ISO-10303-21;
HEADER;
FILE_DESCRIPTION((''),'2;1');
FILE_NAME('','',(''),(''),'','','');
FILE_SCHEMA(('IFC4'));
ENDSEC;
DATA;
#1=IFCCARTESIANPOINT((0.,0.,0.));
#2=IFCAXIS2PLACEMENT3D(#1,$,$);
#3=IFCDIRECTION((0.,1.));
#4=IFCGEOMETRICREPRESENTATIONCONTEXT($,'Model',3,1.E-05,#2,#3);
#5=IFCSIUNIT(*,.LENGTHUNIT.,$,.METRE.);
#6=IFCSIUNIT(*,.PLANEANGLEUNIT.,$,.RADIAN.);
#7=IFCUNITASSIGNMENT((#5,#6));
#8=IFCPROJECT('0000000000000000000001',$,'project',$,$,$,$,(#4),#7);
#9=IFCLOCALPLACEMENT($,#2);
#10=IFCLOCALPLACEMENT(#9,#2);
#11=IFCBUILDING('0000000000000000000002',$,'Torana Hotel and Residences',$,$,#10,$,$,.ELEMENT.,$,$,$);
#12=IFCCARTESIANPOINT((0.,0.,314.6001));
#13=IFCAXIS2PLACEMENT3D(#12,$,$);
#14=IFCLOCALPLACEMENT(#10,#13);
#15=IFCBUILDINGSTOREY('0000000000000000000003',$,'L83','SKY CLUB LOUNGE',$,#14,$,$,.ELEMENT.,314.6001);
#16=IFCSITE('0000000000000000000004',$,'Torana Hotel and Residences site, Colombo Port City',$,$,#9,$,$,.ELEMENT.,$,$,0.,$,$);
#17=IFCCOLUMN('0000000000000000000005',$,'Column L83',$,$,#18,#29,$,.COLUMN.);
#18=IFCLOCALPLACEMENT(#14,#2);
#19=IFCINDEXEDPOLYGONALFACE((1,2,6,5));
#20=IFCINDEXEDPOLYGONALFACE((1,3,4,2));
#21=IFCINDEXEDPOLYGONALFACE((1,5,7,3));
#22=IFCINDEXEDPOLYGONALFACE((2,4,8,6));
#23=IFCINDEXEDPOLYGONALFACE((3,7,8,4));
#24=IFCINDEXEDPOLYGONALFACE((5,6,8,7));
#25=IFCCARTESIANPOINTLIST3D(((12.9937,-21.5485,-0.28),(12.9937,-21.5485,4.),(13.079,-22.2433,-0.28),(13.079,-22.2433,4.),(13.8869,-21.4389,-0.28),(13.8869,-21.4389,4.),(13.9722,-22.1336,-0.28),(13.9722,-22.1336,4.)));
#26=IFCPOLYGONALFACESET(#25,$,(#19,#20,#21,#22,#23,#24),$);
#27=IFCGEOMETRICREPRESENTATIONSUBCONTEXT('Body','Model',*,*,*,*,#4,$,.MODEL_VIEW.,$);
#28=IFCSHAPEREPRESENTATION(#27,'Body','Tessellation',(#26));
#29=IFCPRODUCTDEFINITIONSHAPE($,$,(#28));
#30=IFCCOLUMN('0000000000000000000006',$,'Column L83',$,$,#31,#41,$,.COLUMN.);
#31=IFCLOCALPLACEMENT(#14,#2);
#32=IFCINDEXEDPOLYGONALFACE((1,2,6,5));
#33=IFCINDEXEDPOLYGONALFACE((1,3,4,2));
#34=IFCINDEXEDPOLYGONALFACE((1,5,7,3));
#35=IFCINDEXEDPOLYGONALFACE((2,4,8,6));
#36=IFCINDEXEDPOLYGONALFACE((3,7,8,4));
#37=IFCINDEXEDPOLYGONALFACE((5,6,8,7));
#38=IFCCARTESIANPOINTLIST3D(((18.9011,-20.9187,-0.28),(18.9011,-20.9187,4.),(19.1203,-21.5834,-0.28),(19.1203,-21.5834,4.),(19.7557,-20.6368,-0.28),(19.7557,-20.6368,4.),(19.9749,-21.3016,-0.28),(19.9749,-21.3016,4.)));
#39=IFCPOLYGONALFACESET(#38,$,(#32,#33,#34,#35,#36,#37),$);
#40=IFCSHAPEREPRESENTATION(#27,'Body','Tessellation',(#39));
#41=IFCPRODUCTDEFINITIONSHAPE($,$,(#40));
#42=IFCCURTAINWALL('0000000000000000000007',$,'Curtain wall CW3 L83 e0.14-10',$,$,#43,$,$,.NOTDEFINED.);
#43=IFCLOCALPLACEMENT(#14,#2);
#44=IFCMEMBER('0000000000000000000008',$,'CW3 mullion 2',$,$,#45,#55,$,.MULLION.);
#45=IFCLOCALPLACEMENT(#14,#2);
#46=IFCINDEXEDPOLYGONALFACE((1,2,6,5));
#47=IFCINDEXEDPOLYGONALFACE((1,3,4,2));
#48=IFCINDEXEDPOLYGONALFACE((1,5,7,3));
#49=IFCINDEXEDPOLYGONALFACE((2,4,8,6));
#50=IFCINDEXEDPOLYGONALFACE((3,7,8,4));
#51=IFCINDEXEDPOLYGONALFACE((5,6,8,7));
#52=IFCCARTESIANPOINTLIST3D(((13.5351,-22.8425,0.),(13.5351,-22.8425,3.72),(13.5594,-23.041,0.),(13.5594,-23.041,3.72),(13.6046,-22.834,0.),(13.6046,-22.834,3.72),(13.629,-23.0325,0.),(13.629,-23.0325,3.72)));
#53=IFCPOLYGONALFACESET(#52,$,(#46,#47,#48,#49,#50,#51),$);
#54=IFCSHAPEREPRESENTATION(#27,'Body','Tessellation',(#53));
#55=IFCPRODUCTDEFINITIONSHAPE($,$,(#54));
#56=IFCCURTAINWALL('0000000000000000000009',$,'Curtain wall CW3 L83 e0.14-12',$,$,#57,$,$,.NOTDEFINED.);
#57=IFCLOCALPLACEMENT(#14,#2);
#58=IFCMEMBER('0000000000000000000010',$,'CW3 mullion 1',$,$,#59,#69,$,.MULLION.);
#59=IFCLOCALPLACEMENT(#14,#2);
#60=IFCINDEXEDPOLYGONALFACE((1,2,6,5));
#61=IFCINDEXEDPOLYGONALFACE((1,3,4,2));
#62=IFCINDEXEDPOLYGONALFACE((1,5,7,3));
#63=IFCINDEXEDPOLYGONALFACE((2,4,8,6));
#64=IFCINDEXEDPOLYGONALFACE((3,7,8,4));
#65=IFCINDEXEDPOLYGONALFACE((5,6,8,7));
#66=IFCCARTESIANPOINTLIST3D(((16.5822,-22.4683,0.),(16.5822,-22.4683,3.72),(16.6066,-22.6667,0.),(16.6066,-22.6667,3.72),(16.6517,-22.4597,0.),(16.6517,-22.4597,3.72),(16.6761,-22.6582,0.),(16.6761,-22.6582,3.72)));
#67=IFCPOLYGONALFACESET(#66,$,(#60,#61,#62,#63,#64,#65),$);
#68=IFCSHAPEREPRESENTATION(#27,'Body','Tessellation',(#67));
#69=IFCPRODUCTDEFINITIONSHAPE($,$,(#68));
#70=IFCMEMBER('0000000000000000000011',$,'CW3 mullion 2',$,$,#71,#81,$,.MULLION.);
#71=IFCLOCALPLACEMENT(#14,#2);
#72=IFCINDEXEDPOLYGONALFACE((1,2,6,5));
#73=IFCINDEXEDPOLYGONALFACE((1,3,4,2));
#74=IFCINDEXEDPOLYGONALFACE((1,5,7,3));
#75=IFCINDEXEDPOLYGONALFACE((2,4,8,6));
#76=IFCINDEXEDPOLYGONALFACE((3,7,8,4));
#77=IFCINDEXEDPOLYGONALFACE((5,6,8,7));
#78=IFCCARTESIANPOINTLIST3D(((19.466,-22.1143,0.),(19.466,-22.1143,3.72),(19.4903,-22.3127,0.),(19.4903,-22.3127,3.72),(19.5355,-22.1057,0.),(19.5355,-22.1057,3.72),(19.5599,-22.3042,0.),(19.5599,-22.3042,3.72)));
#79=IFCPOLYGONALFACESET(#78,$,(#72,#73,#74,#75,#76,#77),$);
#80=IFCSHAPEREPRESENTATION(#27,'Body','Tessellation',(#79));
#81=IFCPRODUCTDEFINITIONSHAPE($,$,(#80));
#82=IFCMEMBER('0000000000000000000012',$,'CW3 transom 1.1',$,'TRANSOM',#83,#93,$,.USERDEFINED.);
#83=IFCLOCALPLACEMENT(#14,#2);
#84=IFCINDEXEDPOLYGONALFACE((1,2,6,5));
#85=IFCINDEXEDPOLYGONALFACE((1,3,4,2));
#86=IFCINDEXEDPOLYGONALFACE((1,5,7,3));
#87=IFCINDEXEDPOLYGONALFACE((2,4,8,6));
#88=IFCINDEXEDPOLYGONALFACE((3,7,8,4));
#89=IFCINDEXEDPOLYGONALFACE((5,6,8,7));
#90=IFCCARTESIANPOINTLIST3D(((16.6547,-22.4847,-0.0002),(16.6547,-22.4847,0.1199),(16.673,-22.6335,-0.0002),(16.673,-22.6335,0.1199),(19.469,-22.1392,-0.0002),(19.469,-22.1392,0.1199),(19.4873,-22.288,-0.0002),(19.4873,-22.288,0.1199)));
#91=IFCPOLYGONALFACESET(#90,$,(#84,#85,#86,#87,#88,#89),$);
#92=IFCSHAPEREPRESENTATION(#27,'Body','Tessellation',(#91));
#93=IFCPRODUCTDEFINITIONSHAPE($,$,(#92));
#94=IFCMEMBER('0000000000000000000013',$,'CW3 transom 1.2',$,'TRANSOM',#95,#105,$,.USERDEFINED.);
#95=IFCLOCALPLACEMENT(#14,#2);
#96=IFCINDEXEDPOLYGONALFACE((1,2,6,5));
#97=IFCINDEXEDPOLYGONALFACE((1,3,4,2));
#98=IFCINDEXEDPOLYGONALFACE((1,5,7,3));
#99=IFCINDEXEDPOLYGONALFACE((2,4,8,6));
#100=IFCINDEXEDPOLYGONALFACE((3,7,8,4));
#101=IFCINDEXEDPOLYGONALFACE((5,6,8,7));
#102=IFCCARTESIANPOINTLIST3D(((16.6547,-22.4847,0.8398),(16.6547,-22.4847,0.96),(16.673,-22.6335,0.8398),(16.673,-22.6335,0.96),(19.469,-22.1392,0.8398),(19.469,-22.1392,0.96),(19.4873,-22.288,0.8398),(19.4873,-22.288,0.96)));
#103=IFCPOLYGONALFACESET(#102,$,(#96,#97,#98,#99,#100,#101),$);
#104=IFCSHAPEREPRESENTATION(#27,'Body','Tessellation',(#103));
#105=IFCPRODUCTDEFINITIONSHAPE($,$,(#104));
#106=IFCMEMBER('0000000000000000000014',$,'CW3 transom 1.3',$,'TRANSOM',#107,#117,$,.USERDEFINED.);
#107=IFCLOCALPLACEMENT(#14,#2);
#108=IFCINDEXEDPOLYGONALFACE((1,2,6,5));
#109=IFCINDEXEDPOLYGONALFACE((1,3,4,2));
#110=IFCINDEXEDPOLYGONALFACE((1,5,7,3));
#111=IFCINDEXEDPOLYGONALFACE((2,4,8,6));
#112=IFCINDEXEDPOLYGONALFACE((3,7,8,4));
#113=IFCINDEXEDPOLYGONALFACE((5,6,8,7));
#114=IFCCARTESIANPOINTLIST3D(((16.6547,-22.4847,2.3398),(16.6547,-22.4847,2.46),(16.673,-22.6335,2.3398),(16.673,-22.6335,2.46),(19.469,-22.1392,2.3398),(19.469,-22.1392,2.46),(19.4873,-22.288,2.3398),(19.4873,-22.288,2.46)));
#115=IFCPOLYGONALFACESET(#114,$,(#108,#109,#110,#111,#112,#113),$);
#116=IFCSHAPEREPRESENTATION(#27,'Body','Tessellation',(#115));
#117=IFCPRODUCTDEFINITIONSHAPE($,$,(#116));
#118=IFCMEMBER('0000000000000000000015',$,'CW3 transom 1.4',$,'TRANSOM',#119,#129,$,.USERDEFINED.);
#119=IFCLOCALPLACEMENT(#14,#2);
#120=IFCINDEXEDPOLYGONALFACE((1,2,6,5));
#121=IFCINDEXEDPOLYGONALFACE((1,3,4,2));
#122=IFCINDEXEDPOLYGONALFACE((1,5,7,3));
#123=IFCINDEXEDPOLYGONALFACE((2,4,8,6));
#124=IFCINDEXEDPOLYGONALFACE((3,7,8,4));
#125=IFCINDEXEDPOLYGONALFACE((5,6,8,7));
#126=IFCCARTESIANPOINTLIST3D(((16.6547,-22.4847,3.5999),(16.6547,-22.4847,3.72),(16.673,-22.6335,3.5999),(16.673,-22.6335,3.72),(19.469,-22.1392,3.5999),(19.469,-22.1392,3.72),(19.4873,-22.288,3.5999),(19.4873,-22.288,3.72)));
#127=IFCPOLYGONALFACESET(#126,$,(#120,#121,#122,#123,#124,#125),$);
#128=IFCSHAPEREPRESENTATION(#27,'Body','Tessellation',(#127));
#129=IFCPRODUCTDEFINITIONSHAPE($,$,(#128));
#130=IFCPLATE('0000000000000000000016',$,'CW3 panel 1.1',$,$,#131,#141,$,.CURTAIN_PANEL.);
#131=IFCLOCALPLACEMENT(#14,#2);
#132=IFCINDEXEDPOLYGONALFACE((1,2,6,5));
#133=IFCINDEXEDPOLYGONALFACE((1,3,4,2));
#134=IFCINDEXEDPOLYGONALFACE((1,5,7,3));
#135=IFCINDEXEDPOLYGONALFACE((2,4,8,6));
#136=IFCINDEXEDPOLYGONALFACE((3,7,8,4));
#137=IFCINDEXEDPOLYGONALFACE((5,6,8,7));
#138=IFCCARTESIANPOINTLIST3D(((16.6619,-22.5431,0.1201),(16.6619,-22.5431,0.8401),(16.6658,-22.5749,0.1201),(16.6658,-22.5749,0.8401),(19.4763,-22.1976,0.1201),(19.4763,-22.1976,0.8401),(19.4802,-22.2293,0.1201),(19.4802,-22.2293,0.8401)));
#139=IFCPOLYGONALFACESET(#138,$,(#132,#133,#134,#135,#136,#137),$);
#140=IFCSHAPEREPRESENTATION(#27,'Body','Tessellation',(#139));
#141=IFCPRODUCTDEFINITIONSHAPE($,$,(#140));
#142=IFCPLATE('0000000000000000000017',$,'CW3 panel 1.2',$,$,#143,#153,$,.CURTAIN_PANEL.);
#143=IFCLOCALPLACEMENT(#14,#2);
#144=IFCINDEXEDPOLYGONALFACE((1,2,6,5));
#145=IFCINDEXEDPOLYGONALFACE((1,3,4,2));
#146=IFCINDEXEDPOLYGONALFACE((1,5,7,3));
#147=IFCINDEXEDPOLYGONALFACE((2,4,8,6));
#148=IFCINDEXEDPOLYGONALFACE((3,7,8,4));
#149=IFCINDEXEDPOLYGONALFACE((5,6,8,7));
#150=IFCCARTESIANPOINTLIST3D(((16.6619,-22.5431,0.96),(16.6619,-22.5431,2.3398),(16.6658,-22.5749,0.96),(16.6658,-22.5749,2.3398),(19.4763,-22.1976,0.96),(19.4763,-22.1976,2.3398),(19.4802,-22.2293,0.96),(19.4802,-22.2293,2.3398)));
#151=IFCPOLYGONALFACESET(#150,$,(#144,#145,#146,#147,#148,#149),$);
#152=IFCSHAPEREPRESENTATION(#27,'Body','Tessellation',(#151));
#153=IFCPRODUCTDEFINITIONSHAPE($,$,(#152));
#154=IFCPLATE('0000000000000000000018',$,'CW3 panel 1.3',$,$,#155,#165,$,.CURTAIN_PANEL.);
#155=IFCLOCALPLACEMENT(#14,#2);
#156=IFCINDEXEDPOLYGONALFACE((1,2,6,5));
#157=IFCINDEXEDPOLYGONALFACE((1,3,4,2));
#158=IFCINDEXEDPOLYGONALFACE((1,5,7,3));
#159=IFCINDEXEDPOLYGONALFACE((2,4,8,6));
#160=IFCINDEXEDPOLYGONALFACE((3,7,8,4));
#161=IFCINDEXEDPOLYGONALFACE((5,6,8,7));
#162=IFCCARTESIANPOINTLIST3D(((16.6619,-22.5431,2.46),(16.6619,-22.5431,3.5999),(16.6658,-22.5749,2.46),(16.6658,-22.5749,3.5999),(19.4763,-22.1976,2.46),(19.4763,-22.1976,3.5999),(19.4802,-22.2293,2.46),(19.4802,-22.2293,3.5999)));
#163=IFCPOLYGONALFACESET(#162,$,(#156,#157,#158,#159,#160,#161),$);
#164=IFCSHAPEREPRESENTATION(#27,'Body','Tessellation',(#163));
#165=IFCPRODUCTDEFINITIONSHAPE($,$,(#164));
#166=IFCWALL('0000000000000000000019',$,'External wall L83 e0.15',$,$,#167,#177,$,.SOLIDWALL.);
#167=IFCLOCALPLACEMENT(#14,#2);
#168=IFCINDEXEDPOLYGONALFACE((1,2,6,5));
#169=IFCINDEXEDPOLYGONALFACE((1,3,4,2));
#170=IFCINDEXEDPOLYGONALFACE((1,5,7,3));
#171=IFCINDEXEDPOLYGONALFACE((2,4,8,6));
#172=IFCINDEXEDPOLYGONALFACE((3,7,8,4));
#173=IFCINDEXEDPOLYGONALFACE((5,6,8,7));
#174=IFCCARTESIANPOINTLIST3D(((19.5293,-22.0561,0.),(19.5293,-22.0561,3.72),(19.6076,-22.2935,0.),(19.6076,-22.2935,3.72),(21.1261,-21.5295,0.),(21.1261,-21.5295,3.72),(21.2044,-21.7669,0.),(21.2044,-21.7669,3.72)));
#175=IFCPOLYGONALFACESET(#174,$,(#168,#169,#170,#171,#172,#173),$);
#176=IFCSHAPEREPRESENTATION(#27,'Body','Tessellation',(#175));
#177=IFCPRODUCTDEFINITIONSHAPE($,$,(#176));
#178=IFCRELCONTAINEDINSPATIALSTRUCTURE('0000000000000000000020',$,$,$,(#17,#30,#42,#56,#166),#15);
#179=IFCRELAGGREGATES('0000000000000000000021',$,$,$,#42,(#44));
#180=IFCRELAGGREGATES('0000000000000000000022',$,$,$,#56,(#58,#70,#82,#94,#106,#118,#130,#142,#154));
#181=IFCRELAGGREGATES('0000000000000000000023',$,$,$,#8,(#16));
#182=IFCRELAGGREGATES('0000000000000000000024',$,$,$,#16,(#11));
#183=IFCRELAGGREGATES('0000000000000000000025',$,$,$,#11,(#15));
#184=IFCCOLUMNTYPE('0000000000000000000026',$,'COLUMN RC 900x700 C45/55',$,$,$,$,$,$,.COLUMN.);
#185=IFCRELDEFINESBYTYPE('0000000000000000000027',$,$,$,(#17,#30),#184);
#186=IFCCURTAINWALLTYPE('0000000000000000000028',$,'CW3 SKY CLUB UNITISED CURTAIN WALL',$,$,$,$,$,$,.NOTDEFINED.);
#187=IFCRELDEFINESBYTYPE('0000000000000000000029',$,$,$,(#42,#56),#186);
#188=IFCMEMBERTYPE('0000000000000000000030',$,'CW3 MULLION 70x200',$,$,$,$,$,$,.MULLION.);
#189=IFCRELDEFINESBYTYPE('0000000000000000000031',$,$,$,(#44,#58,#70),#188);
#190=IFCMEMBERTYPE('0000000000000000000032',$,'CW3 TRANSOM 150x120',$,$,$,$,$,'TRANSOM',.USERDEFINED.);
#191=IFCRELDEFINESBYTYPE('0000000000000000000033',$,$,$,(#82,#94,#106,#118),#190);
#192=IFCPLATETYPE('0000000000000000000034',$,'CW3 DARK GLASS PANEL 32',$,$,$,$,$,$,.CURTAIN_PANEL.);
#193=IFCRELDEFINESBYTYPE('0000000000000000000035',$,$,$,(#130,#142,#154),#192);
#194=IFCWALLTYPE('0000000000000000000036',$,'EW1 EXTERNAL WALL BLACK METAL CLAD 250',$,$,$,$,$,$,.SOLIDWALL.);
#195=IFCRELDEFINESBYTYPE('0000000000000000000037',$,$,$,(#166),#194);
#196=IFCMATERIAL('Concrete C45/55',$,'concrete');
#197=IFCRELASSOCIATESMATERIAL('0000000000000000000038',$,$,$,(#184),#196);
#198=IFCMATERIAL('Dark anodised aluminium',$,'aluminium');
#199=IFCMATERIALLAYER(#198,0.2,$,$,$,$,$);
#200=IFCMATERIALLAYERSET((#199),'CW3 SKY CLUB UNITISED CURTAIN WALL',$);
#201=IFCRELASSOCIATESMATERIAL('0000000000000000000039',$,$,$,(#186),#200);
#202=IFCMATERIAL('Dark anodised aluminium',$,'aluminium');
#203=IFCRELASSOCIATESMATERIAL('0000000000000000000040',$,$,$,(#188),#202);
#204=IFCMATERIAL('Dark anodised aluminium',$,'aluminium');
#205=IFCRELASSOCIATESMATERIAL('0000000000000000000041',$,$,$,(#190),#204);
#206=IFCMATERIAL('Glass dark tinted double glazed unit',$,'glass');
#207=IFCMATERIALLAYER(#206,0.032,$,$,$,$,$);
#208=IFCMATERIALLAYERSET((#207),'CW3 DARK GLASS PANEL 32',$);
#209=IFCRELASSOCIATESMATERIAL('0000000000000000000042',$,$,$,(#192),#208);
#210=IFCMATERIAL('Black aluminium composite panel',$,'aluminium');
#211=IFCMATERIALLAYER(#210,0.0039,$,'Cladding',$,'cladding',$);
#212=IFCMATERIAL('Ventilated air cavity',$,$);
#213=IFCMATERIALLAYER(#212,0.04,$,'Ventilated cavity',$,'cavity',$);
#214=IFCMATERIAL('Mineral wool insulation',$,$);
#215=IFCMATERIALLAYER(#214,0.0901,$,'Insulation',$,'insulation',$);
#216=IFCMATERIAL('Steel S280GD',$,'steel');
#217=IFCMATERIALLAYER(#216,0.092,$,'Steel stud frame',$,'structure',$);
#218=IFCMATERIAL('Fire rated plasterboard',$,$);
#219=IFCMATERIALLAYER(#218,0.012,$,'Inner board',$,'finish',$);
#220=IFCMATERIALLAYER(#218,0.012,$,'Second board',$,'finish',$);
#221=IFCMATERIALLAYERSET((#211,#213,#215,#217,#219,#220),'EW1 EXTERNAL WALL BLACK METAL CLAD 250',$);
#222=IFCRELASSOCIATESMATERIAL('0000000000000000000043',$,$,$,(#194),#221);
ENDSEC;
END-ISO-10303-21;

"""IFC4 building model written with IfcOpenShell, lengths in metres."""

from ifc_helpers import new_model, si_unit, direction, frame, frame_2d, origin, origin_2d, place, context, subcontext, project, spatial, rectangle, extrude, material, layer, layer_set, material_profile, profile_set, type_object, element, aggregate, save


model = new_model("IFC4")

# Units and contexts
model_context = context("Model", 3, precision=1e-05, world=origin(), true_north=direction((0.0, 1.0)))
body_context = subcontext(model_context, "Body", "Model", "MODEL_VIEW")
ifc_project = project(units=[si_unit("LENGTHUNIT", "METRE"), si_unit("PLANEANGLEUNIT", "RADIAN")], contexts=[model_context])

# Site, building, storey
site_placement = place(None, origin())
site = spatial("IfcSite", under=ifc_project, at=site_placement, Name="Torana Hotel and Residences site, Colombo Port City", CompositionType="ELEMENT", RefElevation=0.0)
building_placement = place(site_placement, origin())
building = spatial("IfcBuilding", under=site, at=building_placement, Name="Torana Hotel and Residences", CompositionType="ELEMENT")
storey_placement = place(building_placement, frame((0.0, 0.0, 314.6001)))
storey = spatial("IfcBuildingStorey", under=building, at=storey_placement, Name="L83", Description="SKY CLUB LOUNGE", CompositionType="ELEMENT", Elevation=314.6001)

# Columns
ifc_material_1 = material(Name="Concrete C45/55", Category="concrete")
ifc_material_profile_1 = material_profile(ifc_material_1, rectangle(XDim=0.8999, YDim=0.7, at=origin_2d()), Name="RC 900x700")
ifc_profile_set_1 = profile_set([ifc_material_profile_1], Name="Concrete C45/55")
column_type = type_object("IfcColumnType", Name="COLUMN RC 900x700 C45/55", PredefinedType="COLUMN", material=ifc_profile_set_1)
for number, where, z_axis, x_axis, name in (
    (1, (13.4829, -21.8411, -0.28), (0.0, 0.0, 1.0), (0.992546, 0.121869, 0.0), "Column L83"),
    (2, (19.438, -21.1101, -0.28), (0.0, 0.0, 1.0), (0.949694, 0.31318, 0.0), "Column L83"),
):
    element("IfcColumn", number, at=place(storey_placement, frame(where, z_axis=z_axis, x_axis=x_axis)), inside=storey, type_object=column_type, Name=name, PredefinedType="COLUMN", context=body_context, shape_type="SweptSolid", body=[
        extrude(rectangle(XDim=0.8999, YDim=0.7, at=origin_2d()), origin(), (0.0, 0.0, 1.0), 4.28),
    ])

# Curtain wall, member
ifc_material_2 = material(Name="Dark anodised aluminium", Category="aluminium")
ifc_layer_1 = layer(ifc_material_2, 0.2)
ifc_layer_set_1 = layer_set([ifc_layer_1], Name="CW3 SKY CLUB UNITISED CURTAIN WALL")
curtain_wall_type = type_object("IfcCurtainWallType", Name="CW3 SKY CLUB UNITISED CURTAIN WALL", PredefinedType="NOTDEFINED", material=ifc_layer_set_1)
curtain_wall_1_placement = place(storey_placement, origin())
curtain_wall_1 = element("IfcCurtainWall", 3, at=curtain_wall_1_placement, inside=storey, type_object=curtain_wall_type, Name="Curtain wall CW3 L83 e0.14-10", PredefinedType="NOTDEFINED")
ifc_material_3 = material(Name="Dark anodised aluminium", Category="aluminium")
ifc_material_profile_2 = material_profile(ifc_material_3, rectangle(XDim=0.2, YDim=0.0701, at=origin_2d()), Name="CW3 MULLION 70x200")
ifc_profile_set_2 = profile_set([ifc_material_profile_2], Name="Dark anodised aluminium")
member_type_1 = type_object("IfcMemberType", Name="CW3 MULLION 70x200", PredefinedType="MULLION", material=ifc_profile_set_2)
member_1_placement = place(storey_placement, frame((13.582, -22.9375, 0.0), z_axis=(0.0, 0.0, 1.0), x_axis=(-0.121868, 0.992546, 0.0)))
member_1 = element("IfcMember", 4, at=member_1_placement, type_object=member_type_1, Name="CW3 mullion 2", PredefinedType="MULLION", context=body_context, shape_type="SweptSolid", body=[
    extrude(rectangle(XDim=0.2, YDim=0.0701, at=origin_2d()), origin(), (0.0, 0.0, 1.0), 3.72),
])
aggregate(curtain_wall_1, [member_1])

# Curtain wall, members, plates
curtain_wall_2_placement = place(storey_placement, origin())
curtain_wall_2 = element("IfcCurtainWall", 5, at=curtain_wall_2_placement, inside=storey, type_object=curtain_wall_type, Name="Curtain wall CW3 L83 e0.14-12", PredefinedType="NOTDEFINED")
member_2_placement = place(storey_placement, frame((16.6292, -22.5632, 0.0), z_axis=(0.0, 0.0, 1.0), x_axis=(-0.121863, 0.992547, 0.0)))
member_2 = element("IfcMember", 6, at=member_2_placement, type_object=member_type_1, Name="CW3 mullion 1", PredefinedType="MULLION", context=body_context, shape_type="SweptSolid", body=[
    extrude(rectangle(XDim=0.2, YDim=0.0701, at=origin_2d()), origin(), (0.0, 0.0, 1.0), 3.72),
])
member_3_placement = place(storey_placement, frame((19.5129, -22.2092, 0.0), z_axis=(0.0, 0.0, 1.0), x_axis=(-0.121863, 0.992547, 0.0)))
member_3 = element("IfcMember", 7, at=member_3_placement, type_object=member_type_1, Name="CW3 mullion 2", PredefinedType="MULLION", context=body_context, shape_type="SweptSolid", body=[
    extrude(rectangle(XDim=0.2, YDim=0.0701, at=origin_2d()), origin(), (0.0, 0.0, 1.0), 3.72),
])
ifc_material_4 = material(Name="Dark anodised aluminium", Category="aluminium")
ifc_material_profile_3 = material_profile(ifc_material_4, rectangle(XDim=0.1499, YDim=0.1201, at=origin_2d()), Name="CW3 TRANSOM 150x120")
ifc_profile_set_3 = profile_set([ifc_material_profile_3], Name="Dark anodised aluminium")
member_type_2 = type_object("IfcMemberType", Name="CW3 TRANSOM 150x120", ElementType="TRANSOM", PredefinedType="USERDEFINED", material=ifc_profile_set_3)
member_4_placement = place(storey_placement, frame((16.6638, -22.5591, 0.0598), z_axis=(0.99255, 0.121841, 0.0), x_axis=(-0.121841, 0.99255, 0.0)))
member_4 = element("IfcMember", 8, at=member_4_placement, type_object=member_type_2, Name="CW3 transom 1.1", ObjectType="TRANSOM", PredefinedType="USERDEFINED", context=body_context, shape_type="SweptSolid", body=[
    extrude(rectangle(XDim=0.1499, YDim=0.1201, at=origin_2d()), origin(), (0.0, 0.0, 1.0), 2.8354),
])
member_5_placement = place(storey_placement, frame((16.6638, -22.5591, 0.8999), z_axis=(0.99255, 0.121841, 0.0), x_axis=(-0.121841, 0.99255, 0.0)))
member_5 = element("IfcMember", 9, at=member_5_placement, type_object=member_type_2, Name="CW3 transom 1.2", ObjectType="TRANSOM", PredefinedType="USERDEFINED", context=body_context, shape_type="SweptSolid", body=[
    extrude(rectangle(XDim=0.1499, YDim=0.1201, at=origin_2d()), origin(), (0.0, 0.0, 1.0), 2.8354),
])
member_6_placement = place(storey_placement, frame((16.6638, -22.5591, 2.3999), z_axis=(0.99255, 0.121841, 0.0), x_axis=(-0.121841, 0.99255, 0.0)))
member_6 = element("IfcMember", 10, at=member_6_placement, type_object=member_type_2, Name="CW3 transom 1.3", ObjectType="TRANSOM", PredefinedType="USERDEFINED", context=body_context, shape_type="SweptSolid", body=[
    extrude(rectangle(XDim=0.1499, YDim=0.1201, at=origin_2d()), origin(), (0.0, 0.0, 1.0), 2.8354),
])
member_7_placement = place(storey_placement, frame((16.6638, -22.5591, 3.6599), z_axis=(0.99255, 0.121841, 0.0), x_axis=(-0.121841, 0.99255, 0.0)))
member_7 = element("IfcMember", 11, at=member_7_placement, type_object=member_type_2, Name="CW3 transom 1.4", ObjectType="TRANSOM", PredefinedType="USERDEFINED", context=body_context, shape_type="SweptSolid", body=[
    extrude(rectangle(XDim=0.1499, YDim=0.1201, at=origin_2d()), origin(), (0.0, 0.0, 1.0), 2.8354),
])
ifc_material_5 = material(Name="Glass dark tinted double glazed unit", Category="glass")
ifc_layer_2 = layer(ifc_material_5, 0.032)
ifc_layer_set_2 = layer_set([ifc_layer_2], Name="CW3 DARK GLASS PANEL 32")
plate_type = type_object("IfcPlateType", Name="CW3 DARK GLASS PANEL 32", PredefinedType="CURTAIN_PANEL", material=ifc_layer_set_2)
plate_1_placement = place(storey_placement, frame((18.071, -22.3862, 0.1201), z_axis=(0.0, 0.0, 1.0), x_axis=(0.992547, 0.121863, 0.0)))
plate_1 = element("IfcPlate", 12, at=plate_1_placement, type_object=plate_type, Name="CW3 panel 1.1", PredefinedType="CURTAIN_PANEL", context=body_context, shape_type="SweptSolid", body=[
    extrude(rectangle(XDim=2.8354, YDim=0.032, at=origin_2d()), origin(), (0.0, 0.0, 1.0), 0.72),
])
plate_2_placement = place(storey_placement, frame((18.071, -22.3862, 0.96), z_axis=(0.0, 0.0, 1.0), x_axis=(0.992547, 0.121863, 0.0)))
plate_2 = element("IfcPlate", 13, at=plate_2_placement, type_object=plate_type, Name="CW3 panel 1.2", PredefinedType="CURTAIN_PANEL", context=body_context, shape_type="SweptSolid", body=[
    extrude(rectangle(XDim=2.8354, YDim=0.032, at=origin_2d()), origin(), (0.0, 0.0, 1.0), 1.3799),
])
plate_3_placement = place(storey_placement, frame((18.071, -22.3862, 2.46), z_axis=(0.0, 0.0, 1.0), x_axis=(0.992547, 0.121863, 0.0)))
plate_3 = element("IfcPlate", 14, at=plate_3_placement, type_object=plate_type, Name="CW3 panel 1.3", PredefinedType="CURTAIN_PANEL", context=body_context, shape_type="SweptSolid", body=[
    extrude(rectangle(XDim=2.8354, YDim=0.032, at=origin_2d()), origin(), (0.0, 0.0, 1.0), 1.1399),
])
aggregate(curtain_wall_2, [member_2, member_3, member_4, member_5, member_6, member_7, plate_1, plate_2, plate_3])

# Wall
ifc_material_6 = material(Name="Black aluminium composite panel", Category="aluminium")
ifc_layer_3 = layer(ifc_material_6, 0.0039, Name="Cladding", Category="cladding")
ifc_material_7 = material(Name="Ventilated air cavity")
ifc_layer_4 = layer(ifc_material_7, 0.04, Name="Ventilated cavity", Category="cavity")
ifc_material_8 = material(Name="Mineral wool insulation")
ifc_layer_5 = layer(ifc_material_8, 0.0901, Name="Insulation", Category="insulation")
ifc_material_9 = material(Name="Steel S280GD", Category="steel")
ifc_layer_6 = layer(ifc_material_9, 0.092, Name="Steel stud frame", Category="structure")
ifc_material_10 = material(Name="Fire rated plasterboard")
ifc_layer_7 = layer(ifc_material_10, 0.012, Name="Inner board", Category="finish")
ifc_layer_8 = layer(ifc_material_10, 0.012, Name="Second board", Category="finish")
ifc_layer_set_3 = layer_set([ifc_layer_3, ifc_layer_4, ifc_layer_5, ifc_layer_6, ifc_layer_7, ifc_layer_8], Name="EW1 EXTERNAL WALL BLACK METAL CLAD 250")
wall_type_1 = type_object("IfcWallType", Name="EW1 EXTERNAL WALL BLACK METAL CLAD 250", PredefinedType="SOLIDWALL", material=ifc_layer_set_3)
wall_1_placement = place(storey_placement, frame((19.5684, -22.1748, 0.0), z_axis=(0.0, 0.0, 1.0), x_axis=(0.949695, 0.313177, 0.0)))
element("IfcWall", 15, at=wall_1_placement, inside=storey, type_object=wall_type_1, Name="External wall L83 e0.15", PredefinedType="SOLIDWALL", context=body_context, shape_type="SweptSolid", body=[
    extrude(rectangle(XDim=1.6814, YDim=0.25, at=frame_2d((0.8408, 0.0))), origin(), (0.0, 0.0, 1.0), 3.72),
])

save(model, "model.ifc")
